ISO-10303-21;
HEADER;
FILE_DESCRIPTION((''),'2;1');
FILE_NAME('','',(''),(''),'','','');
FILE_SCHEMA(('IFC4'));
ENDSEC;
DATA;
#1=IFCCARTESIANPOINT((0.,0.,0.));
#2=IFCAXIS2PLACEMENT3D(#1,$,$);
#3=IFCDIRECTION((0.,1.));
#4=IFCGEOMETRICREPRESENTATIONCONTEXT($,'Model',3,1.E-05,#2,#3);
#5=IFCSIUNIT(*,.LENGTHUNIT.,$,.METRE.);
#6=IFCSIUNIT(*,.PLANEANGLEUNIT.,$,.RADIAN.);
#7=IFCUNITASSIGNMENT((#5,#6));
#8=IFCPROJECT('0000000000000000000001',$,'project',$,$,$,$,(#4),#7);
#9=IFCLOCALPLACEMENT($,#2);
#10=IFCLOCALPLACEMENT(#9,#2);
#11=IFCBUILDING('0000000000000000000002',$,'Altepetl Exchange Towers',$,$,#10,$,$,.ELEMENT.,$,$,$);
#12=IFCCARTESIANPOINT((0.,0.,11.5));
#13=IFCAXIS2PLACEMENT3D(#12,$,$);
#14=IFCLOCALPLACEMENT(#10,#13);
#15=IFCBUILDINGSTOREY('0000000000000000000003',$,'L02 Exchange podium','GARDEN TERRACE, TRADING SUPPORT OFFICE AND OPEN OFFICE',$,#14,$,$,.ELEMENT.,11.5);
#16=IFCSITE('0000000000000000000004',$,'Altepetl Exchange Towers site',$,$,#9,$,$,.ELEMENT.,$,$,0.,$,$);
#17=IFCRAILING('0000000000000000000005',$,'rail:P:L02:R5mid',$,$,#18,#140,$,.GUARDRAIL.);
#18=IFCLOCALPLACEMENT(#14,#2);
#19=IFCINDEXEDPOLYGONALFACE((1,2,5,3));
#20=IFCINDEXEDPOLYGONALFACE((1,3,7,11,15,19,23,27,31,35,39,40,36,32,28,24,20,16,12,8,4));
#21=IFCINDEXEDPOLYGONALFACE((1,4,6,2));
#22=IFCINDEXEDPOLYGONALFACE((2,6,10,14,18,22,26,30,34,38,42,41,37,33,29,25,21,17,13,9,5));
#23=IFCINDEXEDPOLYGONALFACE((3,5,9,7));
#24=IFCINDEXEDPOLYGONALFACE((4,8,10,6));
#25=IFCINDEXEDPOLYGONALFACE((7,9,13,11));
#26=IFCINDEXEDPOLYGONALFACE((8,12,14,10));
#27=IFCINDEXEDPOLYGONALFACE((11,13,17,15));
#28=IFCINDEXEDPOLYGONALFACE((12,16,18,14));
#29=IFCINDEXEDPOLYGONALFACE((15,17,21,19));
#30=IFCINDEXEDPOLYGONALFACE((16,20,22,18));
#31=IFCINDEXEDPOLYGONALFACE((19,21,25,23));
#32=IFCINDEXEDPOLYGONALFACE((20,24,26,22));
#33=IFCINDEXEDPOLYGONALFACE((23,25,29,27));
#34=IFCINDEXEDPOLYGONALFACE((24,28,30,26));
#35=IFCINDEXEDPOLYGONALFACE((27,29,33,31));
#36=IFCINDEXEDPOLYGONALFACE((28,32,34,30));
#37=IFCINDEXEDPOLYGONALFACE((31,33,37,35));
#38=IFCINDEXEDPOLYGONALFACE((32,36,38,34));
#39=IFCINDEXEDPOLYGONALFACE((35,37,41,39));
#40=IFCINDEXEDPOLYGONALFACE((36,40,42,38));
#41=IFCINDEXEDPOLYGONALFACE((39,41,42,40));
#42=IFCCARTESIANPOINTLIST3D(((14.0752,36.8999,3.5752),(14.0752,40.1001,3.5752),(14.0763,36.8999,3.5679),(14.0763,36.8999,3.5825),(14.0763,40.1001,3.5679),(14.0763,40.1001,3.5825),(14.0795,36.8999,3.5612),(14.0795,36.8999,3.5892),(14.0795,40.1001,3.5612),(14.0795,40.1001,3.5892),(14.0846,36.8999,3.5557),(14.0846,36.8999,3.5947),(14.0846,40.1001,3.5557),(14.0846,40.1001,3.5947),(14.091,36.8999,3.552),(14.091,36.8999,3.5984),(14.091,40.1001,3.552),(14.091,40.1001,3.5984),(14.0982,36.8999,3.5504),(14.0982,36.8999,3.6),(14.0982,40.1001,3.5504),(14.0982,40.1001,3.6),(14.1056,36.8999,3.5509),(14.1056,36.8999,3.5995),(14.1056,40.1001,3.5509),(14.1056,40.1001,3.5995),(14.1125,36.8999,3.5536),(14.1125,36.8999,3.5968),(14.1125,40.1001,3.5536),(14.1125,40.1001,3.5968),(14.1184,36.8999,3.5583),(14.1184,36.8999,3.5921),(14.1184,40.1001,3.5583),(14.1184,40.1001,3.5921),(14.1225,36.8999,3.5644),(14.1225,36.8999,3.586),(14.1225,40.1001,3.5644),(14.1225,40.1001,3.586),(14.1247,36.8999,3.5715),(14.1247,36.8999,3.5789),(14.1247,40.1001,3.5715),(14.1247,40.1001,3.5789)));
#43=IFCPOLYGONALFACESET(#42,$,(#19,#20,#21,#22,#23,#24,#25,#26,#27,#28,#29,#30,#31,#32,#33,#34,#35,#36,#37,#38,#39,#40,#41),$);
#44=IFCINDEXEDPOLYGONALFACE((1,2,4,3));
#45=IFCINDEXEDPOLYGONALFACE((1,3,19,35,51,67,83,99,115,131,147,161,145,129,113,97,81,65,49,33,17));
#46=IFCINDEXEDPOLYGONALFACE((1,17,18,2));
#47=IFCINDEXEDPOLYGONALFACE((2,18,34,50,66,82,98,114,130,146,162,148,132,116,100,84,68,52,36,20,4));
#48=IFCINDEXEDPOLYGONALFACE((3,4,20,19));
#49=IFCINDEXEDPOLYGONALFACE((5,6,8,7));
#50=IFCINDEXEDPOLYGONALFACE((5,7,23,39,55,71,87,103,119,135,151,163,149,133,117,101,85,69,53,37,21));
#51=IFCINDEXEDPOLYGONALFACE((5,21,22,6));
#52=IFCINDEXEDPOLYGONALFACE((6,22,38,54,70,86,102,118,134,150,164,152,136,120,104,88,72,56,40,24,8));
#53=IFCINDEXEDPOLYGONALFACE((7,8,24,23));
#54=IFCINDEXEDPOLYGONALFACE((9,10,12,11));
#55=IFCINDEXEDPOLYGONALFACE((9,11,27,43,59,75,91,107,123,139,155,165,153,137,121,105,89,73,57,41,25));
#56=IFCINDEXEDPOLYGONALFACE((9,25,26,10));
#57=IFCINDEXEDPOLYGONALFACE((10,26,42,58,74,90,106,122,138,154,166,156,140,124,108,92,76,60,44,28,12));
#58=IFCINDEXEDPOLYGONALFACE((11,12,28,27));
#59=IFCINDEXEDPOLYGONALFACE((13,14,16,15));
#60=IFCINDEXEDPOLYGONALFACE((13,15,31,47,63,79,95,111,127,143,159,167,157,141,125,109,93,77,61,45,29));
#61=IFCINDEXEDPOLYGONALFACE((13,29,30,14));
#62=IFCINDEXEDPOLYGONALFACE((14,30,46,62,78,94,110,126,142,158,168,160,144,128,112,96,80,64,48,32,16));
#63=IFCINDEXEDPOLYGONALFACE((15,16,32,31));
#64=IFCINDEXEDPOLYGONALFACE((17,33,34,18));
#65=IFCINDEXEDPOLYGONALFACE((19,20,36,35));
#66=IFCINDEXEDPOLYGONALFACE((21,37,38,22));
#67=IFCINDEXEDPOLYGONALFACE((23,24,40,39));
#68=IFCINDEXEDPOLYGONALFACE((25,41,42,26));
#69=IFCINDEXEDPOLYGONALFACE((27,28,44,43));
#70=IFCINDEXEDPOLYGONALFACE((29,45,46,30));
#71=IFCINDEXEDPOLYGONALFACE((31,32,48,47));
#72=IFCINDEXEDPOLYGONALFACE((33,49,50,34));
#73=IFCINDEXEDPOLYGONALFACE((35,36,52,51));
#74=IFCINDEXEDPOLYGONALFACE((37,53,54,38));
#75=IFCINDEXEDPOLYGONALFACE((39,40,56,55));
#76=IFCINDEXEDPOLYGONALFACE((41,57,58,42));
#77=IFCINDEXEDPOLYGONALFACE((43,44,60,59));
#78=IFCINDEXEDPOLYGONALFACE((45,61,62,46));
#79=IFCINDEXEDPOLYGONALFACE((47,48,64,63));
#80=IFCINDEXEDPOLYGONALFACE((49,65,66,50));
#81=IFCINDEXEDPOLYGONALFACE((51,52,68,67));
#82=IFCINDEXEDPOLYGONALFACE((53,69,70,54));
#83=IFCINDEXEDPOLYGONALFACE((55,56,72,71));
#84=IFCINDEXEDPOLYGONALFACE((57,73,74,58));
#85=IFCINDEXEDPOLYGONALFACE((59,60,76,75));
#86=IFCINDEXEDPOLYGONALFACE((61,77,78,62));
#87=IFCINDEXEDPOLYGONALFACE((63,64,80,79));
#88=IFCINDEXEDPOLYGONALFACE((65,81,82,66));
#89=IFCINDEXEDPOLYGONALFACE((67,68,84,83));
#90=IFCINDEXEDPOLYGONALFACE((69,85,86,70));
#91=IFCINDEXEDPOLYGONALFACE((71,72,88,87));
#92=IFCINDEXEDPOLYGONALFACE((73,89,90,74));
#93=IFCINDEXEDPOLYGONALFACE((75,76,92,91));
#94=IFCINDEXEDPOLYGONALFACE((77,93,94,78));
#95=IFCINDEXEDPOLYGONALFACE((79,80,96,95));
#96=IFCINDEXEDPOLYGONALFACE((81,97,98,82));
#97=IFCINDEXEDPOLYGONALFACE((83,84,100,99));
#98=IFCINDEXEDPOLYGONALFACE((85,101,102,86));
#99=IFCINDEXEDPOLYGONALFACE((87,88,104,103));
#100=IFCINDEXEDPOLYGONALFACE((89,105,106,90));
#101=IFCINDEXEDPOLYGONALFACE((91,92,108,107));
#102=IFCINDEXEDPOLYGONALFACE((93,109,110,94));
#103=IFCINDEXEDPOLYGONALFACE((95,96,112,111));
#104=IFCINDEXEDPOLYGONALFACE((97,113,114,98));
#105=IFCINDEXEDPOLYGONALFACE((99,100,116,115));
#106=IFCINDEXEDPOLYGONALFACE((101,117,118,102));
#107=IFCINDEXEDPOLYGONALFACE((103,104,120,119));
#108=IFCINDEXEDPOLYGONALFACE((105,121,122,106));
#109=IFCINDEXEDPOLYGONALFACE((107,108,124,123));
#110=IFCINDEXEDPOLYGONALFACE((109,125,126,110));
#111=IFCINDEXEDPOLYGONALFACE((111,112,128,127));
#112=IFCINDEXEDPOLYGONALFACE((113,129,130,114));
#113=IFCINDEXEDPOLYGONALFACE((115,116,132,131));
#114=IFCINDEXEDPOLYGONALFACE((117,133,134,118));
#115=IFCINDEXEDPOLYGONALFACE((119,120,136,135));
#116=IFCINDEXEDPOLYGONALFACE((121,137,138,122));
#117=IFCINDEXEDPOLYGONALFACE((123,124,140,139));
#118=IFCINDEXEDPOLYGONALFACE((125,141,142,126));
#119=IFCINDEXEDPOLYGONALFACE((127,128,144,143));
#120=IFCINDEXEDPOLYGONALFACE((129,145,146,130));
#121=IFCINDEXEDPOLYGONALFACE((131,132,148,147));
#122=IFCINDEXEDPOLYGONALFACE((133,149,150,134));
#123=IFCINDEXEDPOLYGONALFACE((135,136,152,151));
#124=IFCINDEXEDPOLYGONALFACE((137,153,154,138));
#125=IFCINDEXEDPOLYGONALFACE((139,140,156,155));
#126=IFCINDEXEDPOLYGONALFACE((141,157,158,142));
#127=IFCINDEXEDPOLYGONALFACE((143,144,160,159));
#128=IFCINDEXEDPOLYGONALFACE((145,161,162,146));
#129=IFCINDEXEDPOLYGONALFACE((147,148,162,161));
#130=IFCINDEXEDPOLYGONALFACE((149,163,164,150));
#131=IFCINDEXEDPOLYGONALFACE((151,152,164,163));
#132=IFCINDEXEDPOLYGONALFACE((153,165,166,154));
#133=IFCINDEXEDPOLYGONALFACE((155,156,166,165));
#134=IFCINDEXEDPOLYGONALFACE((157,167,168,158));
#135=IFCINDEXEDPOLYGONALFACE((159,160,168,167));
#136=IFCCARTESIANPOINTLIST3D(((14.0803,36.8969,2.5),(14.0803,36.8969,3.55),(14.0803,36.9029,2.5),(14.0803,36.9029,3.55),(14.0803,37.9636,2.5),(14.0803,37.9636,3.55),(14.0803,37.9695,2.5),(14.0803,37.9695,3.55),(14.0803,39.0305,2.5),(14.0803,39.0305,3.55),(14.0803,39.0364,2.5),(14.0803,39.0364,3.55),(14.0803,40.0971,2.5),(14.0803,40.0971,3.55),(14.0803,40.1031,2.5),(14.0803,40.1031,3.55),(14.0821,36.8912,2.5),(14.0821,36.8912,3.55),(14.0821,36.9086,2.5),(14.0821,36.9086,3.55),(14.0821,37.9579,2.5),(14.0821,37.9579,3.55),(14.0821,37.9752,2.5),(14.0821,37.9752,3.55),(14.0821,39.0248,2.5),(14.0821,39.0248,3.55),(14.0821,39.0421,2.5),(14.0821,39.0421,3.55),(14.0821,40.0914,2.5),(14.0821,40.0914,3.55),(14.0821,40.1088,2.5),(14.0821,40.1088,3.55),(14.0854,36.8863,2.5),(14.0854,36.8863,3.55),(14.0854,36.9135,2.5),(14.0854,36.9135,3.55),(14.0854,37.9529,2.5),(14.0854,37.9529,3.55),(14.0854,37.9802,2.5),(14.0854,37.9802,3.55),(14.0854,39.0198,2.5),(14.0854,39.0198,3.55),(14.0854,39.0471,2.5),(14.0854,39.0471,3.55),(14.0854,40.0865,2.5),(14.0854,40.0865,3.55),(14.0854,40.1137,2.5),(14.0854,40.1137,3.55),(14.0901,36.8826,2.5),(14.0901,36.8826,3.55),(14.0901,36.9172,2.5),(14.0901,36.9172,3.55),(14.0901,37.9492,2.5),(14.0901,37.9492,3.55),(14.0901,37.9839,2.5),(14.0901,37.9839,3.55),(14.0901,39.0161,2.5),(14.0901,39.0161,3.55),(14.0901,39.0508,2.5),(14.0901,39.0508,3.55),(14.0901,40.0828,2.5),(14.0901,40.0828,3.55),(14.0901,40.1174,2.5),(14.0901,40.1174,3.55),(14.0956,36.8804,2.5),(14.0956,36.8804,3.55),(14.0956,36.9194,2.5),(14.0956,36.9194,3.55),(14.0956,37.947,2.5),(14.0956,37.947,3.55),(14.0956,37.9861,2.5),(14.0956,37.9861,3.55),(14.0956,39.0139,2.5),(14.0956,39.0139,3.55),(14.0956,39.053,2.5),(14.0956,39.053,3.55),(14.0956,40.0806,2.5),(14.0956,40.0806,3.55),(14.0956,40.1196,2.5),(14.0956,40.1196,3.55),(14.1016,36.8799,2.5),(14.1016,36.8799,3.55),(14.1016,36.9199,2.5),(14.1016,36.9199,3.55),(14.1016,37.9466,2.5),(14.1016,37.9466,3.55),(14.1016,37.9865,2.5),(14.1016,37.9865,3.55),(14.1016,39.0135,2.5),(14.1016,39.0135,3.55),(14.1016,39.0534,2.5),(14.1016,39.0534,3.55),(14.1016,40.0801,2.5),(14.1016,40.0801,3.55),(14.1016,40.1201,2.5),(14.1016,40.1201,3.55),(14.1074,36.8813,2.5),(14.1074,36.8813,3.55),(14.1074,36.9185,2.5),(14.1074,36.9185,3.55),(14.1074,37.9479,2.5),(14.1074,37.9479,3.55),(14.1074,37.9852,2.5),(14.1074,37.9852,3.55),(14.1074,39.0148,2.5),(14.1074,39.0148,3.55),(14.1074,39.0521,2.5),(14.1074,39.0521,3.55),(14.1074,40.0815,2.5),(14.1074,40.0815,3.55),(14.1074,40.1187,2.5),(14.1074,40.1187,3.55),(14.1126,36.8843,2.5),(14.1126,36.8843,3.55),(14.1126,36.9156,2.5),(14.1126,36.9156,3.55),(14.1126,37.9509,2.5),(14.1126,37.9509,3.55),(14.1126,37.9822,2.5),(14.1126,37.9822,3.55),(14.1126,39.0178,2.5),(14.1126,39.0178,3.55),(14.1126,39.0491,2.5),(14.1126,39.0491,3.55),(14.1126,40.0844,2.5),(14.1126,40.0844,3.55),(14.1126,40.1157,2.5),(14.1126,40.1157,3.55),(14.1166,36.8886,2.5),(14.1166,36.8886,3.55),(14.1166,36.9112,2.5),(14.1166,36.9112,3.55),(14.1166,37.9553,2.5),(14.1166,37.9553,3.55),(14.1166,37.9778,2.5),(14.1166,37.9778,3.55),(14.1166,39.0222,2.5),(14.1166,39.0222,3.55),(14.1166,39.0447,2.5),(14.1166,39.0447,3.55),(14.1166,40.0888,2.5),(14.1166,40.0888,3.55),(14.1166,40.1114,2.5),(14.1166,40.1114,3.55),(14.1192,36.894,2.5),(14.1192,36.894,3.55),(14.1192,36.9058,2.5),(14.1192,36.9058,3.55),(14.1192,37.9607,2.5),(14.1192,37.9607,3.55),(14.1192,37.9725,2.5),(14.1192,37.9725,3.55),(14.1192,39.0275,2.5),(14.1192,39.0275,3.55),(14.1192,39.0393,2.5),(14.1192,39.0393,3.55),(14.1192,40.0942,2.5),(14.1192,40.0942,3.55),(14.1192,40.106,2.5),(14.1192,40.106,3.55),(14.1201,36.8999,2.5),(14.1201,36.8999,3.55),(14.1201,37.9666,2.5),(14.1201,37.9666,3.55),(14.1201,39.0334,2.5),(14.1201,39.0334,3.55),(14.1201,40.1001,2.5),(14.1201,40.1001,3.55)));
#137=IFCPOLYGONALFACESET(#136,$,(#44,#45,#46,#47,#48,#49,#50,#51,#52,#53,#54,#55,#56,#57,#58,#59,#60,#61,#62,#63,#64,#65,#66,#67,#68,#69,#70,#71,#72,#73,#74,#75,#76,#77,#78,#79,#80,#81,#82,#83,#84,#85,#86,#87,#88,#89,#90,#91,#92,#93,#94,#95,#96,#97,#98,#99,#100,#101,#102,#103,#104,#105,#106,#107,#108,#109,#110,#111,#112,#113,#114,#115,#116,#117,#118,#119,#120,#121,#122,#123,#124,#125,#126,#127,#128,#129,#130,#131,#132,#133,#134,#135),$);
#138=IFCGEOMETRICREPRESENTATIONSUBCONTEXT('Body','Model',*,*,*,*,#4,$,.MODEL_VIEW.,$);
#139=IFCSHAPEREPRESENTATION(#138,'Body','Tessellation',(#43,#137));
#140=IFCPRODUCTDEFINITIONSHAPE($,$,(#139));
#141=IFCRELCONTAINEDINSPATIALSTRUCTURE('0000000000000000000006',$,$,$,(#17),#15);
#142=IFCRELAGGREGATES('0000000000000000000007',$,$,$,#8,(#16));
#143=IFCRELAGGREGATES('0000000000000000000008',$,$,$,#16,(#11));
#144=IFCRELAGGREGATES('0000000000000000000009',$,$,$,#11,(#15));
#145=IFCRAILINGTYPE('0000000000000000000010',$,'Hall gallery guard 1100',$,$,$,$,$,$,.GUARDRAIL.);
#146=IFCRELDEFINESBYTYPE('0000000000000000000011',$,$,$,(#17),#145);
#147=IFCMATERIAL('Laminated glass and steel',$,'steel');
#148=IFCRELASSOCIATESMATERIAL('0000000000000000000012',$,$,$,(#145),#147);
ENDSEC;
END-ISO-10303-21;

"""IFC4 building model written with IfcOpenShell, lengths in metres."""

from ifc_helpers import new_model, si_unit, direction, frame, origin, origin_2d, place, context, subcontext, project, spatial, circle, extrude, source, transform, mapped, material, type_object, element, save


model = new_model("IFC4")

# Units and contexts
model_context = context("Model", 3, precision=1e-05, world=origin(), true_north=direction((0.0, 1.0)))
body_context = subcontext(model_context, "Body", "Model", "MODEL_VIEW")
ifc_project = project(units=[si_unit("LENGTHUNIT", "METRE"), si_unit("PLANEANGLEUNIT", "RADIAN")], contexts=[model_context])

# Site, building, storey
site_placement = place(None, origin())
site = spatial("IfcSite", under=ifc_project, at=site_placement, Name="Altepetl Exchange Towers site", CompositionType="ELEMENT", RefElevation=0.0)
building_placement = place(site_placement, origin())
building = spatial("IfcBuilding", under=site, at=building_placement, Name="Altepetl Exchange Towers", CompositionType="ELEMENT")
storey_placement = place(building_placement, frame((0.0, 0.0, 11.5)))
storey = spatial("IfcBuildingStorey", under=building, at=storey_placement, Name="L02 Exchange podium", Description="GARDEN TERRACE, TRADING SUPPORT OFFICE AND OPEN OFFICE", CompositionType="ELEMENT", Elevation=11.5)

# Railing
ifc_material_1 = material(Name="Laminated glass and steel", Category="steel")
railing_type_1 = type_object("IfcRailingType", Name="Hall gallery guard 1100", PredefinedType="GUARDRAIL", material=ifc_material_1)
shared_shape_1 = source(origin(), body_context, "Body", "SweptSolid", [
    extrude(circle(Radius=0.02, at=origin_2d()), origin(), (0.0, 0.0, 1.0), 1.05),
])
railing_1_placement = place(storey_placement, frame((14.1001, 36.8999, 2.5)))
element("IfcRailing", 1, at=railing_1_placement, inside=storey, type_object=railing_type_1, Name="rail:P:L02:R5mid", PredefinedType="GUARDRAIL", context=body_context, shape_type="SweptSolid", body=[
    extrude(circle(Radius=0.0249, at=origin_2d()), frame((0.0, 0.0, 1.0752), z_axis=(0.0, 1.0, 0.0), x_axis=(-1.0, 0.0, 0.0)), (0.0, 0.0, 1.0), 3.2002),
    mapped(shared_shape_1, transform((0.0, 0.0, 0.0))),
    mapped(shared_shape_1, transform((0.0, 1.0667, 0.0))),
    mapped(shared_shape_1, transform((0.0, 2.1335, 0.0))),
    mapped(shared_shape_1, transform((0.0, 3.2002, 0.0))),
])

save(model, "model.ifc")
